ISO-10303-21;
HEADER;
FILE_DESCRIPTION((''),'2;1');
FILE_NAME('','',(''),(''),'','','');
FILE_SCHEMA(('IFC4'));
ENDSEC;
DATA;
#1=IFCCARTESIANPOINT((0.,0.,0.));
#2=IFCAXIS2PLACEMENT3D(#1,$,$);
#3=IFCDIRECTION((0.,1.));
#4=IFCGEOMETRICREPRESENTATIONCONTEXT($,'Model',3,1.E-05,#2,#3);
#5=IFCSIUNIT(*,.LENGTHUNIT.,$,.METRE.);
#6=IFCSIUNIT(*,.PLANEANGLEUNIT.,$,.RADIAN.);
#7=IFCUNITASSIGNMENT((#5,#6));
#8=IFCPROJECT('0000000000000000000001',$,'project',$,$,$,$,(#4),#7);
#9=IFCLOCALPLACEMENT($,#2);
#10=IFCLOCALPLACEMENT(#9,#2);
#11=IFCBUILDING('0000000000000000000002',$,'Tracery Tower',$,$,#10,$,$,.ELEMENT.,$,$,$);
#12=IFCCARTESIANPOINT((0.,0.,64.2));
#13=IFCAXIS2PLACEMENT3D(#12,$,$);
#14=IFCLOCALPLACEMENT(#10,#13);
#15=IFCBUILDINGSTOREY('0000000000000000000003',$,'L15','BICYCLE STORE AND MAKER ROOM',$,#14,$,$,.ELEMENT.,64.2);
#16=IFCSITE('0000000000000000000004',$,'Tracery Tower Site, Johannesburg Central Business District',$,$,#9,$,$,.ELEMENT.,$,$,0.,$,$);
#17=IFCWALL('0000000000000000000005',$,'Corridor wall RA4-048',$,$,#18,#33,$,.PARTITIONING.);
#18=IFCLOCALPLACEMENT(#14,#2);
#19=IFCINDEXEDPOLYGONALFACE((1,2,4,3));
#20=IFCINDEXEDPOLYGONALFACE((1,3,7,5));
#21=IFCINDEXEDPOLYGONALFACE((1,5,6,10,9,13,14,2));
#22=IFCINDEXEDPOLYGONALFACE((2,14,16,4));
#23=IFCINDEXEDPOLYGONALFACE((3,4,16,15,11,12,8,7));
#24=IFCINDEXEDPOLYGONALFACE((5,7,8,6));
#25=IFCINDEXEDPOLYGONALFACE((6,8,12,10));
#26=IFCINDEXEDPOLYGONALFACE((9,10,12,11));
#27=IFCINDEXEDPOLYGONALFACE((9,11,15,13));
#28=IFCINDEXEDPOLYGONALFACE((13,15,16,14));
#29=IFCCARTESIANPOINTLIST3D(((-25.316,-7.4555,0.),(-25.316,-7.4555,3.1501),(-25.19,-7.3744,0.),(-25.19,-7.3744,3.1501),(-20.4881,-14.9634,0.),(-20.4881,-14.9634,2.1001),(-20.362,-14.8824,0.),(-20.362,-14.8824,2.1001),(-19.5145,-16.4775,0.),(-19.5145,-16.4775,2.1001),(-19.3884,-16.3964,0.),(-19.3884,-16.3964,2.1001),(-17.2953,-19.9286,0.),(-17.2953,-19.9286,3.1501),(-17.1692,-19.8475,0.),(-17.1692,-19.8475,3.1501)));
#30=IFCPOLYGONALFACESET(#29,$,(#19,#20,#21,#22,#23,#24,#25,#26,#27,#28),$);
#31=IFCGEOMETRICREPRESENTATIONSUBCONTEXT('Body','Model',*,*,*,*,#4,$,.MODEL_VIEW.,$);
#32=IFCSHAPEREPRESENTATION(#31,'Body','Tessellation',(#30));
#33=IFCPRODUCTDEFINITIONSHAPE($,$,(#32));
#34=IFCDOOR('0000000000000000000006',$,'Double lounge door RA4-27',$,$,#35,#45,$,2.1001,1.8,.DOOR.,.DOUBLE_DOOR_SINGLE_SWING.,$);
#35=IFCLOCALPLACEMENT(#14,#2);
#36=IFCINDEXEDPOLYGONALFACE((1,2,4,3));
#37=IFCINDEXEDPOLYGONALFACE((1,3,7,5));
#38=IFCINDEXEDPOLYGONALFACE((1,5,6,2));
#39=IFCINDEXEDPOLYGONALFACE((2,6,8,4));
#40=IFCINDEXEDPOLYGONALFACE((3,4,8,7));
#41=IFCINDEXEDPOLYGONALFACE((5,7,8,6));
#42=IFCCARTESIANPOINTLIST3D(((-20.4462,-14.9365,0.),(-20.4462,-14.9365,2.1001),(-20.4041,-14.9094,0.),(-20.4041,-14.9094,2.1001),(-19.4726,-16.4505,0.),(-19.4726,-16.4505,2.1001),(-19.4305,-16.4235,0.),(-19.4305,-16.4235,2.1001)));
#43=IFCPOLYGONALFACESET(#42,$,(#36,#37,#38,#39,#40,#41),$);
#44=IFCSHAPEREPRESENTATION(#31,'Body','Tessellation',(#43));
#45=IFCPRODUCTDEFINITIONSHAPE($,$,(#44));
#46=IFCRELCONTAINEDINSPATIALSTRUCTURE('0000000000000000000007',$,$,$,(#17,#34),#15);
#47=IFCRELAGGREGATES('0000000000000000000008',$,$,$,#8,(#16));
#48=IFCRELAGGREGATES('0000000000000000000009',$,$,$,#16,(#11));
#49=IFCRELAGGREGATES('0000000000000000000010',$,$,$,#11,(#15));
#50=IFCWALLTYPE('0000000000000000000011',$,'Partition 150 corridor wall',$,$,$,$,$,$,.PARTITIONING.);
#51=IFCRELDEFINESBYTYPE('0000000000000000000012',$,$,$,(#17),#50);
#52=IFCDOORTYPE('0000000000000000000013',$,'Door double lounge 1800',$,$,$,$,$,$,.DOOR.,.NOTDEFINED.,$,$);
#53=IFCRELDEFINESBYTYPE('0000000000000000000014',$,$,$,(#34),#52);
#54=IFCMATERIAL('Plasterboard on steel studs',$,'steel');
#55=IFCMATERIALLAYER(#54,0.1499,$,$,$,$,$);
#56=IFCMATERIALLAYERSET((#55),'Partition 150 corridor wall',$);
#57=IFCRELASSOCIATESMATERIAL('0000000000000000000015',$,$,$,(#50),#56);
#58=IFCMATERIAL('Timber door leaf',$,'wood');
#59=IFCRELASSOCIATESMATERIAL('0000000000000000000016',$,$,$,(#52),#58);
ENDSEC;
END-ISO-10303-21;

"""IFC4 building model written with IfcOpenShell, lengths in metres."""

from ifc_helpers import new_model, si_unit, direction, frame, frame_2d, origin, place, context, subcontext, project, spatial, rectangle, extrude, material, layer, layer_set, type_object, element, fill, save


model = new_model("IFC4")

# Units and contexts
model_context = context("Model", 3, precision=1e-05, world=origin(), true_north=direction((0.0, 1.0)))
body_context = subcontext(model_context, "Body", "Model", "MODEL_VIEW")
ifc_project = project(units=[si_unit("LENGTHUNIT", "METRE"), si_unit("PLANEANGLEUNIT", "RADIAN")], contexts=[model_context])

# Site, building, storey
site_placement = place(None, origin())
site = spatial("IfcSite", under=ifc_project, at=site_placement, Name="Tracery Tower Site, Johannesburg Central Business District", CompositionType="ELEMENT", RefElevation=0.0)
building_placement = place(site_placement, origin())
building = spatial("IfcBuilding", under=site, at=building_placement, Name="Tracery Tower", CompositionType="ELEMENT")
storey_placement = place(building_placement, frame((0.0, 0.0, 64.2)))
storey = spatial("IfcBuildingStorey", under=building, at=storey_placement, Name="L15", Description="BICYCLE STORE AND MAKER ROOM", CompositionType="ELEMENT", Elevation=64.2)

# Shared definitions
ifc_material_1 = material(Name="Plasterboard on steel studs", Category="steel")
ifc_layer = layer(ifc_material_1, 0.1499)
ifc_layer_set = layer_set([ifc_layer], Name="Partition 150 corridor wall")
wall_type = type_object("IfcWallType", Name="Partition 150 corridor wall", PredefinedType="PARTITIONING", material=ifc_layer_set)

# Wall, opening, door
wall_1_placement = place(storey_placement, frame((-25.2529, -7.415, 0.0), z_axis=(0.0, 0.0, 1.0), x_axis=(0.540867, -0.841108, 0.0)))
wall_1 = element("IfcWall", 1, at=wall_1_placement, inside=storey, type_object=wall_type, Name="Corridor wall RA4-048", PredefinedType="PARTITIONING", context=body_context, shape_type="SweptSolid", body=[
    extrude(rectangle(XDim=14.8293, YDim=0.1499, at=frame_2d((7.4146, 0.0))), origin(), (0.0, 0.0, 1.0), 3.1501),
])
opening_1_placement = place(wall_1_placement, frame((8.9263, 0.0, 0.0)))
opening_1 = element("IfcOpeningElement", 2, at=opening_1_placement, cuts=wall_1, PredefinedType="OPENING", context=body_context, shape_type="SweptSolid", body=[
    extrude(rectangle(XDim=1.8, YDim=2.1001, at=frame_2d((0.8999, 1.05))), frame((0.0, 0.075, 0.0), z_axis=(0.0, -1.0, 0.0), x_axis=(1.0, 0.0, 0.0)), (0.0, 0.0, 1.0), 0.1499),
])
ifc_material_2 = material(Name="Timber door leaf", Category="wood")
door_type_1 = type_object("IfcDoorType", Name="Door double lounge 1800", OperationType="NOTDEFINED", PredefinedType="DOOR", material=ifc_material_2)
door_1_placement = place(opening_1_placement, origin())
door_1 = element("IfcDoor", 3, at=door_1_placement, inside=storey, type_object=door_type_1, Name="Double lounge door RA4-27", OperationType="DOUBLE_DOOR_SINGLE_SWING", OverallHeight=2.1001, OverallWidth=1.8, PredefinedType="DOOR", context=body_context, shape_type="SweptSolid", body=[
    extrude(rectangle(XDim=1.8, YDim=2.1001, at=frame_2d((0.8999, 1.05))), frame((0.0, 0.0249, 0.0), z_axis=(0.0, -1.0, 0.0), x_axis=(1.0, 0.0, 0.0)), (0.0, 0.0, 1.0), 0.05),
])
fill(opening_1, door_1)

save(model, "model.ifc")
